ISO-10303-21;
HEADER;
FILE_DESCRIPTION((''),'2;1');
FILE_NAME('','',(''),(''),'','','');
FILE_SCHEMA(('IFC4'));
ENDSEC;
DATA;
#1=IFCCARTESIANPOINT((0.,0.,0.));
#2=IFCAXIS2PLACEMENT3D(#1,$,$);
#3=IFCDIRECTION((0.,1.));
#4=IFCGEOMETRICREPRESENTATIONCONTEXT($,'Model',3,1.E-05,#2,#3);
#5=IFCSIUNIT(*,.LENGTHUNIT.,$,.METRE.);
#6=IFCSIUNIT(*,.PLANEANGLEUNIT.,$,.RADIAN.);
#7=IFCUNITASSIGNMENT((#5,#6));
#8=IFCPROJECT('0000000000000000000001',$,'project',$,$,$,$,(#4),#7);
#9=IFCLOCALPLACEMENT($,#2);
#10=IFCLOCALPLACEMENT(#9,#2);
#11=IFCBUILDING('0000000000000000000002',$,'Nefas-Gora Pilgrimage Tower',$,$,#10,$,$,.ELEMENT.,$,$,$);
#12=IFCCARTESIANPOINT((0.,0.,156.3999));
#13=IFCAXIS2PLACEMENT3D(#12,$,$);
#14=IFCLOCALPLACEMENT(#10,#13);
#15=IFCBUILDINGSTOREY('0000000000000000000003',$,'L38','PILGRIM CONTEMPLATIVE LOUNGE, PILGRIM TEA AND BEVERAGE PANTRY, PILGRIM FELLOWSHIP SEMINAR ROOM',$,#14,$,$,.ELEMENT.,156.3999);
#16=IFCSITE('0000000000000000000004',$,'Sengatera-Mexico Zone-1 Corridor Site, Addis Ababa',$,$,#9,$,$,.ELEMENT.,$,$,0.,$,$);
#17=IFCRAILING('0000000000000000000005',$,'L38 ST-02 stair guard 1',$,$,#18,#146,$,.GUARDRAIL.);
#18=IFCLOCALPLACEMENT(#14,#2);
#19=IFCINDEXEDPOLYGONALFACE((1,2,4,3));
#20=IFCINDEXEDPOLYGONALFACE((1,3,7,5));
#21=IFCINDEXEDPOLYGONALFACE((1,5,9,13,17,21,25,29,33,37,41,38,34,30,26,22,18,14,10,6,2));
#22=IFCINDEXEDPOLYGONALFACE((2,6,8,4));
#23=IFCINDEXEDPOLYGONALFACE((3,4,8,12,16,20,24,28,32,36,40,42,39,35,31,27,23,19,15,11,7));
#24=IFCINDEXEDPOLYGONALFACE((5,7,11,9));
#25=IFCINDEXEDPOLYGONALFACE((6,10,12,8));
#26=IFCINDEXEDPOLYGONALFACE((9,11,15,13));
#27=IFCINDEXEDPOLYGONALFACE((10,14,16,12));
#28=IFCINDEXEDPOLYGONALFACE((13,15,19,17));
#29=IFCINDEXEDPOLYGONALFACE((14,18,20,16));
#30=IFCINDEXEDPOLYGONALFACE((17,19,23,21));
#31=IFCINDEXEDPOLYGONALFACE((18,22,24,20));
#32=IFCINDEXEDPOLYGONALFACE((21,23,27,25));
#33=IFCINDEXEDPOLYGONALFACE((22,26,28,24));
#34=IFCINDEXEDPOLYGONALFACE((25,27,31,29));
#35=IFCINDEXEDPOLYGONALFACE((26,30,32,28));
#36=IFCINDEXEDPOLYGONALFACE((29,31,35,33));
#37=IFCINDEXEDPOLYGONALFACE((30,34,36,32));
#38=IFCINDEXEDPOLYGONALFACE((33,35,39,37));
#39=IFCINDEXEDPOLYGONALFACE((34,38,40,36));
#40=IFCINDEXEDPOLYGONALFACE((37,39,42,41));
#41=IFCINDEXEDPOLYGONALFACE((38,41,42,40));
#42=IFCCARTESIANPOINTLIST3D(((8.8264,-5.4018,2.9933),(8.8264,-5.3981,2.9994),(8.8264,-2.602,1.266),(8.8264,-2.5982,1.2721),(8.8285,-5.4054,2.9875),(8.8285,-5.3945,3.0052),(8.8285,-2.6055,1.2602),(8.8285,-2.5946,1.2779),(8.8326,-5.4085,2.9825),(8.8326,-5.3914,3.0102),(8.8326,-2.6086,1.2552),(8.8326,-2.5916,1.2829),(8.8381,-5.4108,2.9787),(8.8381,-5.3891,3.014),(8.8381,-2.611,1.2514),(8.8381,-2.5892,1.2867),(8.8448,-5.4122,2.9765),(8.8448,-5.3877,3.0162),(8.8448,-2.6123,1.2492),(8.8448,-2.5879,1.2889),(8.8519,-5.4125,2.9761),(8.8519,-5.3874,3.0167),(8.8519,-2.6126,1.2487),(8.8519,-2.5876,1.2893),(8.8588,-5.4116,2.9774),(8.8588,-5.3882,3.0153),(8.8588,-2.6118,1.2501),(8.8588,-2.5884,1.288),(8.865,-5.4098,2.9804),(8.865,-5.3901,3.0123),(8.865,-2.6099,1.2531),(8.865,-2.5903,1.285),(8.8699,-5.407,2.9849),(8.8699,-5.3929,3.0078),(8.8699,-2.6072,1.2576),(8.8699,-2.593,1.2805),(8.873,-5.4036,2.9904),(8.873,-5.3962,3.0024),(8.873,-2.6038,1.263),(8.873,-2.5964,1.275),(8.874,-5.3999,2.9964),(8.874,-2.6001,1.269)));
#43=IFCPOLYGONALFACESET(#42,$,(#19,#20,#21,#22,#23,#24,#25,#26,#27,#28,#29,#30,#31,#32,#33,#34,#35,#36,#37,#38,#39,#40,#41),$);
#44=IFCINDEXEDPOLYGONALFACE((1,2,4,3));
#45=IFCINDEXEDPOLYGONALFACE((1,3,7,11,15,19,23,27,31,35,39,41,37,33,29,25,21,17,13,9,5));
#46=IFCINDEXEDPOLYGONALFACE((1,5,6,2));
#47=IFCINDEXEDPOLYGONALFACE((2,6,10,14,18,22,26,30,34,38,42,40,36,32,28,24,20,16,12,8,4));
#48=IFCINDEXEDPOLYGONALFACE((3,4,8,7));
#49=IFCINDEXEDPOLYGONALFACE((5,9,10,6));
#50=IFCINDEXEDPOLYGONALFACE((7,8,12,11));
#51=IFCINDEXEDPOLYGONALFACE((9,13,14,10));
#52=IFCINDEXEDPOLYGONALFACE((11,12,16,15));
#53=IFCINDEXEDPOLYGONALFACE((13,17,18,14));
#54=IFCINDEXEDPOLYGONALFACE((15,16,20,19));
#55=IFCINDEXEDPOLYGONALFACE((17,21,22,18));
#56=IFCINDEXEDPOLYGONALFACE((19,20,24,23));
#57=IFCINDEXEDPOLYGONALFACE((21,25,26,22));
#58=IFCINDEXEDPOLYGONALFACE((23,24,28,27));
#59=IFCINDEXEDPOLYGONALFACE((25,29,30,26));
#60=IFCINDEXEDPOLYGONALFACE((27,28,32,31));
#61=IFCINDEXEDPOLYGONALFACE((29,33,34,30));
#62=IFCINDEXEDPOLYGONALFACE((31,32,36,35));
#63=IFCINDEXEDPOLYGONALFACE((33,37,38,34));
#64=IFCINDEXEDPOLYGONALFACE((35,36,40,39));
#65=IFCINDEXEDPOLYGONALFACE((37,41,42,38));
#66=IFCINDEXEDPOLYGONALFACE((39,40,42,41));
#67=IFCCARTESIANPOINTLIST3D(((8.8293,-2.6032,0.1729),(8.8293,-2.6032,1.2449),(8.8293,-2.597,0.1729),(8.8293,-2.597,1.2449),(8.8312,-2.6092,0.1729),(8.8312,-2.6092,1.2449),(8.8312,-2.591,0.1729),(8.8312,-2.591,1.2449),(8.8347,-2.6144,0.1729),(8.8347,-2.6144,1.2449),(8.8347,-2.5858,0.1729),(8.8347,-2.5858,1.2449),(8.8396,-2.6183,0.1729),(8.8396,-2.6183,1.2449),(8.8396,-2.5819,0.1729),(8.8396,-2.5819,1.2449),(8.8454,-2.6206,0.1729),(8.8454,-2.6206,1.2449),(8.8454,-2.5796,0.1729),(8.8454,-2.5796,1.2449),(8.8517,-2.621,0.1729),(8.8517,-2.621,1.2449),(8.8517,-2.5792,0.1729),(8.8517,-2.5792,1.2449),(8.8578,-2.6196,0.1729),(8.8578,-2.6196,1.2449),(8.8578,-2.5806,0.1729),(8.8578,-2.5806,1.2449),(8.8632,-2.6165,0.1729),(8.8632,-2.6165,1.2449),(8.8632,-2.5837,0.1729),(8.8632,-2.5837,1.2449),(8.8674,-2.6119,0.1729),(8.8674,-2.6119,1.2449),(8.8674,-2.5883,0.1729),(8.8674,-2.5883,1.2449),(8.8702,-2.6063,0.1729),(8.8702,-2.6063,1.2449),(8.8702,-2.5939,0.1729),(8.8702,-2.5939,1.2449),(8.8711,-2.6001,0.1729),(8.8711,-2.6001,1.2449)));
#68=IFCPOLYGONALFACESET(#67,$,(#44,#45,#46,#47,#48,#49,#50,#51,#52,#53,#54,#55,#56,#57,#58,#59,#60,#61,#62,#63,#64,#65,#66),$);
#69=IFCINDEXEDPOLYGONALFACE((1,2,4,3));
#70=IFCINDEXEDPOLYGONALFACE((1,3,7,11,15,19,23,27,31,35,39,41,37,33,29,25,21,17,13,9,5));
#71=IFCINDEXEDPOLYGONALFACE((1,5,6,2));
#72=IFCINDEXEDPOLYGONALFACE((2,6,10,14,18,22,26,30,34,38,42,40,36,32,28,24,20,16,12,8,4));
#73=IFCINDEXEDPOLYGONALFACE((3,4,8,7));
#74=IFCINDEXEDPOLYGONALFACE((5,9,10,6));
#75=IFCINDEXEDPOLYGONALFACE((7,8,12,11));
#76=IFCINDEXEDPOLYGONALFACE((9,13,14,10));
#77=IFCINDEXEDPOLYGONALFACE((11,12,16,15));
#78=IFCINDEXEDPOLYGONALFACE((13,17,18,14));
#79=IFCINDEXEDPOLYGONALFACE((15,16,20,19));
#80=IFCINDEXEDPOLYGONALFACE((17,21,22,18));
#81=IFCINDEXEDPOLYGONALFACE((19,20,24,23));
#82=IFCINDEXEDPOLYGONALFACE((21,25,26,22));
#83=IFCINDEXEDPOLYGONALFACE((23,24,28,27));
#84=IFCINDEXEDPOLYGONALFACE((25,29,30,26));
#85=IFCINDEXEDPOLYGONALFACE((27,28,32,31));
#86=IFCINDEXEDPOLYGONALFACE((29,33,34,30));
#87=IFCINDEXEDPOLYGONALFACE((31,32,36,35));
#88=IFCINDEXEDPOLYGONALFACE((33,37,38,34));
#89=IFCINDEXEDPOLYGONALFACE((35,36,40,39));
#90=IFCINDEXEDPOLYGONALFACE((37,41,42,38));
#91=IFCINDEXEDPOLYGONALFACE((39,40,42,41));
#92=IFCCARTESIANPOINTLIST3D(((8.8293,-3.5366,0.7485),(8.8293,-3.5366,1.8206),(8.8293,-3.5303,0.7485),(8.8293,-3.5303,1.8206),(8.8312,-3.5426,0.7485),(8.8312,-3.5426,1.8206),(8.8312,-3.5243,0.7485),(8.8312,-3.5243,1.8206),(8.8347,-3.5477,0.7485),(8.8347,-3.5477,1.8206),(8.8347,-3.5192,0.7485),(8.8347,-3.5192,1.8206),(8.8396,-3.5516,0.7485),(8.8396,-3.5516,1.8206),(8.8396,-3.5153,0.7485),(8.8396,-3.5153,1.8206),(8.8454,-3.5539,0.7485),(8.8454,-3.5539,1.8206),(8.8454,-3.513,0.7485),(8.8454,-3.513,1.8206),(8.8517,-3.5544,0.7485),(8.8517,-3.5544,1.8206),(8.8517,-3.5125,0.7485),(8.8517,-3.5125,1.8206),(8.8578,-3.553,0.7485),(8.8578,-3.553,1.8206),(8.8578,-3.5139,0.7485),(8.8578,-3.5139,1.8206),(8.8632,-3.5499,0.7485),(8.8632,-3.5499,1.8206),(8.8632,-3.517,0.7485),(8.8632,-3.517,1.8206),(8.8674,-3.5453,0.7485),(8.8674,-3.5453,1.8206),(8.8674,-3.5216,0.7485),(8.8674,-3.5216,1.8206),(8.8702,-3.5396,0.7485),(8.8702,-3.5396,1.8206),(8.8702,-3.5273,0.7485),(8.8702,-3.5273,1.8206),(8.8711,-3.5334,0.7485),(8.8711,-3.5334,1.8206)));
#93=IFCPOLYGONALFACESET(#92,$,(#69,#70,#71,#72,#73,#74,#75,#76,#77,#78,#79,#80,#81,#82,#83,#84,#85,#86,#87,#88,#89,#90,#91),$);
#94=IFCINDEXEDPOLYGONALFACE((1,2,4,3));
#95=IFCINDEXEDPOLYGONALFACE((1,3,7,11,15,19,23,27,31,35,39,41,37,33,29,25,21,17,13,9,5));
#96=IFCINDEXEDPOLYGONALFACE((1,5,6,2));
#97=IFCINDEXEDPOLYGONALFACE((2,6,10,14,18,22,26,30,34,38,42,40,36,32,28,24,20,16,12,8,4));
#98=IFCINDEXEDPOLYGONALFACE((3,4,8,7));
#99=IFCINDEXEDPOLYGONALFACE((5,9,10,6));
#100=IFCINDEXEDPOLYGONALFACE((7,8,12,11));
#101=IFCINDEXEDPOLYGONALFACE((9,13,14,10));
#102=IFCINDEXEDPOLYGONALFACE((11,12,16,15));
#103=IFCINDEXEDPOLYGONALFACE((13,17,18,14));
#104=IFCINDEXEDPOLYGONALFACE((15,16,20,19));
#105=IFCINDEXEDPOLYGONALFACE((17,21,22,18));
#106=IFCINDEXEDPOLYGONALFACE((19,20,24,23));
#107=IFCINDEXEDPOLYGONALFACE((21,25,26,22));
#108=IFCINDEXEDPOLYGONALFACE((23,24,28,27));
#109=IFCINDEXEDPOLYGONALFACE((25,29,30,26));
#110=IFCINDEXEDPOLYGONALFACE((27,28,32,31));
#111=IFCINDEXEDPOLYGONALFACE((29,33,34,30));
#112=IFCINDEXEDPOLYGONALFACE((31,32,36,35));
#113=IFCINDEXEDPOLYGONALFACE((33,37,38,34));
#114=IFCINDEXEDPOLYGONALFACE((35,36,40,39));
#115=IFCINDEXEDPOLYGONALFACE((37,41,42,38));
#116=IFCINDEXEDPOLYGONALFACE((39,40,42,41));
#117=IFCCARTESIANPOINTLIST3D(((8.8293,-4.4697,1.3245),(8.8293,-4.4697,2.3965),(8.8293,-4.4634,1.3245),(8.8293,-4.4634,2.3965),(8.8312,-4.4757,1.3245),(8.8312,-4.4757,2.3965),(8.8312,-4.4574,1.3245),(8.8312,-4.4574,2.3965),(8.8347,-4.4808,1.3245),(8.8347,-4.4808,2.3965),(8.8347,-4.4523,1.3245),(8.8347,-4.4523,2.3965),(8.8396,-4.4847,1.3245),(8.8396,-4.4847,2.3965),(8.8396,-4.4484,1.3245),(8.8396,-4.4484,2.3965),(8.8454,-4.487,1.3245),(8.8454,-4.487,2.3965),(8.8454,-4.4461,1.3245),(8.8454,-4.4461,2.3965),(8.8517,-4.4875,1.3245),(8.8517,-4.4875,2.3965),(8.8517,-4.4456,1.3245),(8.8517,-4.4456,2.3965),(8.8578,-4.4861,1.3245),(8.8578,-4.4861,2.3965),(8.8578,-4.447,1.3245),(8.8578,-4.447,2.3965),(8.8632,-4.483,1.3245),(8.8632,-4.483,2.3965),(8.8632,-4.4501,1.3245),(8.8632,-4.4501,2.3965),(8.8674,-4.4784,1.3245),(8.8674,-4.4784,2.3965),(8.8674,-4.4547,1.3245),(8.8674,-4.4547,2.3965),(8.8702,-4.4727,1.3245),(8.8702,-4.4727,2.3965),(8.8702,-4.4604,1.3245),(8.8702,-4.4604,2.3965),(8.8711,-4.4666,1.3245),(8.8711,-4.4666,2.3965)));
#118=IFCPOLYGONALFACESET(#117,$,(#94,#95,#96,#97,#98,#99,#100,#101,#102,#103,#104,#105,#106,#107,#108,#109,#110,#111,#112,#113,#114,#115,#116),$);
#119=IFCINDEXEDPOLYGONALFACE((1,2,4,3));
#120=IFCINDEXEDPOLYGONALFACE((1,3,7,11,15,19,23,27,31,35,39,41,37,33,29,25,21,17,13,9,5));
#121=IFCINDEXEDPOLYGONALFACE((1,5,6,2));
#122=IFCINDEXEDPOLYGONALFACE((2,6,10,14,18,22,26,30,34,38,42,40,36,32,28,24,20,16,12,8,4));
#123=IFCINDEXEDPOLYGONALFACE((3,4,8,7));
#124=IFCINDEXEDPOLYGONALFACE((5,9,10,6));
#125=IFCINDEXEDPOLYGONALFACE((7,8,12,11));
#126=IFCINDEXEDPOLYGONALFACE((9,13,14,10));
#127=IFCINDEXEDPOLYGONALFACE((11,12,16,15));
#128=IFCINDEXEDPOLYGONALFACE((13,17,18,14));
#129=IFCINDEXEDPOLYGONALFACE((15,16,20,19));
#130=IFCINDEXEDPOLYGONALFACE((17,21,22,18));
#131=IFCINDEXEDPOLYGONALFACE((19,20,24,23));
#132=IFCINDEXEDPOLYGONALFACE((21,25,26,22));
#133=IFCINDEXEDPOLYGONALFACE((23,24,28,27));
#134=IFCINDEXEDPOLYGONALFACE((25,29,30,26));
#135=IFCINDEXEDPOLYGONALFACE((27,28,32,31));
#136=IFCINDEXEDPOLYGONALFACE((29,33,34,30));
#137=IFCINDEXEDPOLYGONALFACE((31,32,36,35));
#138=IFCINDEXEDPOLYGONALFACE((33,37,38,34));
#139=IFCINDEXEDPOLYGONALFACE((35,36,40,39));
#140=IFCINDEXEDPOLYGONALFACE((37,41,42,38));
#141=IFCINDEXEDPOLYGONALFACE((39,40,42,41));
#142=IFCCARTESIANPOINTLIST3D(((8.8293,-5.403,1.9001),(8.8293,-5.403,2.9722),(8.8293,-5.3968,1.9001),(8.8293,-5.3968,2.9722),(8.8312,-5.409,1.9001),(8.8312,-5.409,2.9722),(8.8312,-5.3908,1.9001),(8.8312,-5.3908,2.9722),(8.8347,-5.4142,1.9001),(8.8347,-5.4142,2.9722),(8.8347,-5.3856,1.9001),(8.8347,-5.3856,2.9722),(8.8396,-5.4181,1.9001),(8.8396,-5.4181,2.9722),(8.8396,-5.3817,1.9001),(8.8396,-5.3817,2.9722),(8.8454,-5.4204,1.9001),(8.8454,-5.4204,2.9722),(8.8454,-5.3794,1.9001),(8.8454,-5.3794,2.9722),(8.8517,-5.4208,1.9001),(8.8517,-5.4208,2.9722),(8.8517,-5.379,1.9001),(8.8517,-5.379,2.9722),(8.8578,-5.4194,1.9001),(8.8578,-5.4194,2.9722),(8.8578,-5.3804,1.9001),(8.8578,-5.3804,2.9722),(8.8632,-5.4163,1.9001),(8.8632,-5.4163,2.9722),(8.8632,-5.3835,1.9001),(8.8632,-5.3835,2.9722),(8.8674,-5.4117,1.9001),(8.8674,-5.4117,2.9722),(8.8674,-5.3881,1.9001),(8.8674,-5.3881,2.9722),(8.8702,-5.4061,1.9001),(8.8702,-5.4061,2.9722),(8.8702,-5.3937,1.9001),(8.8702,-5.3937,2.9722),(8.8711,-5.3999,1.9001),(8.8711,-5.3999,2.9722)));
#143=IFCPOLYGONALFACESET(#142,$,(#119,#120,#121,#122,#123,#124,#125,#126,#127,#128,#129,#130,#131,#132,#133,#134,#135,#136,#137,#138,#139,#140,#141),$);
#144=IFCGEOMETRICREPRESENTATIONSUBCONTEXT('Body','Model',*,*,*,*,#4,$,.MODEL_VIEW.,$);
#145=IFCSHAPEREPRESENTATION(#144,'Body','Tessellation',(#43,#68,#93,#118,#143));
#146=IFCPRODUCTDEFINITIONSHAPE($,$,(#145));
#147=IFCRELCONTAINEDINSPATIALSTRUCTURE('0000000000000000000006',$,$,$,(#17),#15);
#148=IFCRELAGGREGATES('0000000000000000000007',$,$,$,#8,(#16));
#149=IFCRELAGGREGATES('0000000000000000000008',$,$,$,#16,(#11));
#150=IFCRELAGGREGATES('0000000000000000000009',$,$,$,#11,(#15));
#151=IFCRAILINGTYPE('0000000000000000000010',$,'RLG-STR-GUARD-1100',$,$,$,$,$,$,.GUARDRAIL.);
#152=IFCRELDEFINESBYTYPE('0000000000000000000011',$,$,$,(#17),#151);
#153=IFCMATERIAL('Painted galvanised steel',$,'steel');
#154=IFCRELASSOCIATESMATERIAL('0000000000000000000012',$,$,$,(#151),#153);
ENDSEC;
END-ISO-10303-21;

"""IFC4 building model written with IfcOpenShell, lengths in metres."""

from ifc_helpers import new_model, si_unit, direction, frame, origin, origin_2d, place, context, subcontext, project, spatial, circle, extrude, material, type_object, element, save


model = new_model("IFC4")

# Units and contexts
model_context = context("Model", 3, precision=1e-05, world=origin(), true_north=direction((0.0, 1.0)))
body_context = subcontext(model_context, "Body", "Model", "MODEL_VIEW")
ifc_project = project(units=[si_unit("LENGTHUNIT", "METRE"), si_unit("PLANEANGLEUNIT", "RADIAN")], contexts=[model_context])

# Site, building, storey
site_placement = place(None, origin())
site = spatial("IfcSite", under=ifc_project, at=site_placement, Name="Sengatera-Mexico Zone-1 Corridor Site, Addis Ababa", CompositionType="ELEMENT", RefElevation=0.0)
building_placement = place(site_placement, origin())
building = spatial("IfcBuilding", under=site, at=building_placement, Name="Nefas-Gora Pilgrimage Tower", CompositionType="ELEMENT")
storey_placement = place(building_placement, frame((0.0, 0.0, 156.3999)))
storey = spatial("IfcBuildingStorey", under=building, at=storey_placement, Name="L38", Description="PILGRIM CONTEMPLATIVE LOUNGE, PILGRIM TEA AND BEVERAGE PANTRY, PILGRIM FELLOWSHIP SEMINAR ROOM", CompositionType="ELEMENT", Elevation=156.3999)

# Railing
ifc_material_1 = material(Name="Painted galvanised steel", Category="steel")
railing_type_1 = type_object("IfcRailingType", Name="RLG-STR-GUARD-1100", PredefinedType="GUARDRAIL", material=ifc_material_1)
railing_1_placement = place(storey_placement, frame((8.8501, -2.6001, 0.1729)))
element("IfcRailing", 1, at=railing_1_placement, inside=storey, type_object=railing_type_1, Name="L38 ST-02 stair guard 1", PredefinedType="GUARDRAIL", context=body_context, shape_type="SweptSolid", body=[
    extrude(circle(Radius=0.0239, at=origin_2d()), frame((0.0, 0.0, 1.0962), z_axis=(0.0, -0.851069, 0.525054), x_axis=(1.0, 0.0, 0.0)), (0.0, 0.0, 1.0), 3.2898),
    extrude(circle(Radius=0.021, at=origin_2d()), origin(), (0.0, 0.0, 1.0), 1.072),
    extrude(circle(Radius=0.021, at=origin_2d()), frame((0.0, -0.9333, 0.5757)), (0.0, 0.0, 1.0), 1.072),
    extrude(circle(Radius=0.021, at=origin_2d()), frame((0.0, -1.8665, 1.1516)), (0.0, 0.0, 1.0), 1.072),
    extrude(circle(Radius=0.021, at=origin_2d()), frame((0.0, -2.7998, 1.7273)), (0.0, 0.0, 1.0), 1.072),
])

save(model, "model.ifc")
